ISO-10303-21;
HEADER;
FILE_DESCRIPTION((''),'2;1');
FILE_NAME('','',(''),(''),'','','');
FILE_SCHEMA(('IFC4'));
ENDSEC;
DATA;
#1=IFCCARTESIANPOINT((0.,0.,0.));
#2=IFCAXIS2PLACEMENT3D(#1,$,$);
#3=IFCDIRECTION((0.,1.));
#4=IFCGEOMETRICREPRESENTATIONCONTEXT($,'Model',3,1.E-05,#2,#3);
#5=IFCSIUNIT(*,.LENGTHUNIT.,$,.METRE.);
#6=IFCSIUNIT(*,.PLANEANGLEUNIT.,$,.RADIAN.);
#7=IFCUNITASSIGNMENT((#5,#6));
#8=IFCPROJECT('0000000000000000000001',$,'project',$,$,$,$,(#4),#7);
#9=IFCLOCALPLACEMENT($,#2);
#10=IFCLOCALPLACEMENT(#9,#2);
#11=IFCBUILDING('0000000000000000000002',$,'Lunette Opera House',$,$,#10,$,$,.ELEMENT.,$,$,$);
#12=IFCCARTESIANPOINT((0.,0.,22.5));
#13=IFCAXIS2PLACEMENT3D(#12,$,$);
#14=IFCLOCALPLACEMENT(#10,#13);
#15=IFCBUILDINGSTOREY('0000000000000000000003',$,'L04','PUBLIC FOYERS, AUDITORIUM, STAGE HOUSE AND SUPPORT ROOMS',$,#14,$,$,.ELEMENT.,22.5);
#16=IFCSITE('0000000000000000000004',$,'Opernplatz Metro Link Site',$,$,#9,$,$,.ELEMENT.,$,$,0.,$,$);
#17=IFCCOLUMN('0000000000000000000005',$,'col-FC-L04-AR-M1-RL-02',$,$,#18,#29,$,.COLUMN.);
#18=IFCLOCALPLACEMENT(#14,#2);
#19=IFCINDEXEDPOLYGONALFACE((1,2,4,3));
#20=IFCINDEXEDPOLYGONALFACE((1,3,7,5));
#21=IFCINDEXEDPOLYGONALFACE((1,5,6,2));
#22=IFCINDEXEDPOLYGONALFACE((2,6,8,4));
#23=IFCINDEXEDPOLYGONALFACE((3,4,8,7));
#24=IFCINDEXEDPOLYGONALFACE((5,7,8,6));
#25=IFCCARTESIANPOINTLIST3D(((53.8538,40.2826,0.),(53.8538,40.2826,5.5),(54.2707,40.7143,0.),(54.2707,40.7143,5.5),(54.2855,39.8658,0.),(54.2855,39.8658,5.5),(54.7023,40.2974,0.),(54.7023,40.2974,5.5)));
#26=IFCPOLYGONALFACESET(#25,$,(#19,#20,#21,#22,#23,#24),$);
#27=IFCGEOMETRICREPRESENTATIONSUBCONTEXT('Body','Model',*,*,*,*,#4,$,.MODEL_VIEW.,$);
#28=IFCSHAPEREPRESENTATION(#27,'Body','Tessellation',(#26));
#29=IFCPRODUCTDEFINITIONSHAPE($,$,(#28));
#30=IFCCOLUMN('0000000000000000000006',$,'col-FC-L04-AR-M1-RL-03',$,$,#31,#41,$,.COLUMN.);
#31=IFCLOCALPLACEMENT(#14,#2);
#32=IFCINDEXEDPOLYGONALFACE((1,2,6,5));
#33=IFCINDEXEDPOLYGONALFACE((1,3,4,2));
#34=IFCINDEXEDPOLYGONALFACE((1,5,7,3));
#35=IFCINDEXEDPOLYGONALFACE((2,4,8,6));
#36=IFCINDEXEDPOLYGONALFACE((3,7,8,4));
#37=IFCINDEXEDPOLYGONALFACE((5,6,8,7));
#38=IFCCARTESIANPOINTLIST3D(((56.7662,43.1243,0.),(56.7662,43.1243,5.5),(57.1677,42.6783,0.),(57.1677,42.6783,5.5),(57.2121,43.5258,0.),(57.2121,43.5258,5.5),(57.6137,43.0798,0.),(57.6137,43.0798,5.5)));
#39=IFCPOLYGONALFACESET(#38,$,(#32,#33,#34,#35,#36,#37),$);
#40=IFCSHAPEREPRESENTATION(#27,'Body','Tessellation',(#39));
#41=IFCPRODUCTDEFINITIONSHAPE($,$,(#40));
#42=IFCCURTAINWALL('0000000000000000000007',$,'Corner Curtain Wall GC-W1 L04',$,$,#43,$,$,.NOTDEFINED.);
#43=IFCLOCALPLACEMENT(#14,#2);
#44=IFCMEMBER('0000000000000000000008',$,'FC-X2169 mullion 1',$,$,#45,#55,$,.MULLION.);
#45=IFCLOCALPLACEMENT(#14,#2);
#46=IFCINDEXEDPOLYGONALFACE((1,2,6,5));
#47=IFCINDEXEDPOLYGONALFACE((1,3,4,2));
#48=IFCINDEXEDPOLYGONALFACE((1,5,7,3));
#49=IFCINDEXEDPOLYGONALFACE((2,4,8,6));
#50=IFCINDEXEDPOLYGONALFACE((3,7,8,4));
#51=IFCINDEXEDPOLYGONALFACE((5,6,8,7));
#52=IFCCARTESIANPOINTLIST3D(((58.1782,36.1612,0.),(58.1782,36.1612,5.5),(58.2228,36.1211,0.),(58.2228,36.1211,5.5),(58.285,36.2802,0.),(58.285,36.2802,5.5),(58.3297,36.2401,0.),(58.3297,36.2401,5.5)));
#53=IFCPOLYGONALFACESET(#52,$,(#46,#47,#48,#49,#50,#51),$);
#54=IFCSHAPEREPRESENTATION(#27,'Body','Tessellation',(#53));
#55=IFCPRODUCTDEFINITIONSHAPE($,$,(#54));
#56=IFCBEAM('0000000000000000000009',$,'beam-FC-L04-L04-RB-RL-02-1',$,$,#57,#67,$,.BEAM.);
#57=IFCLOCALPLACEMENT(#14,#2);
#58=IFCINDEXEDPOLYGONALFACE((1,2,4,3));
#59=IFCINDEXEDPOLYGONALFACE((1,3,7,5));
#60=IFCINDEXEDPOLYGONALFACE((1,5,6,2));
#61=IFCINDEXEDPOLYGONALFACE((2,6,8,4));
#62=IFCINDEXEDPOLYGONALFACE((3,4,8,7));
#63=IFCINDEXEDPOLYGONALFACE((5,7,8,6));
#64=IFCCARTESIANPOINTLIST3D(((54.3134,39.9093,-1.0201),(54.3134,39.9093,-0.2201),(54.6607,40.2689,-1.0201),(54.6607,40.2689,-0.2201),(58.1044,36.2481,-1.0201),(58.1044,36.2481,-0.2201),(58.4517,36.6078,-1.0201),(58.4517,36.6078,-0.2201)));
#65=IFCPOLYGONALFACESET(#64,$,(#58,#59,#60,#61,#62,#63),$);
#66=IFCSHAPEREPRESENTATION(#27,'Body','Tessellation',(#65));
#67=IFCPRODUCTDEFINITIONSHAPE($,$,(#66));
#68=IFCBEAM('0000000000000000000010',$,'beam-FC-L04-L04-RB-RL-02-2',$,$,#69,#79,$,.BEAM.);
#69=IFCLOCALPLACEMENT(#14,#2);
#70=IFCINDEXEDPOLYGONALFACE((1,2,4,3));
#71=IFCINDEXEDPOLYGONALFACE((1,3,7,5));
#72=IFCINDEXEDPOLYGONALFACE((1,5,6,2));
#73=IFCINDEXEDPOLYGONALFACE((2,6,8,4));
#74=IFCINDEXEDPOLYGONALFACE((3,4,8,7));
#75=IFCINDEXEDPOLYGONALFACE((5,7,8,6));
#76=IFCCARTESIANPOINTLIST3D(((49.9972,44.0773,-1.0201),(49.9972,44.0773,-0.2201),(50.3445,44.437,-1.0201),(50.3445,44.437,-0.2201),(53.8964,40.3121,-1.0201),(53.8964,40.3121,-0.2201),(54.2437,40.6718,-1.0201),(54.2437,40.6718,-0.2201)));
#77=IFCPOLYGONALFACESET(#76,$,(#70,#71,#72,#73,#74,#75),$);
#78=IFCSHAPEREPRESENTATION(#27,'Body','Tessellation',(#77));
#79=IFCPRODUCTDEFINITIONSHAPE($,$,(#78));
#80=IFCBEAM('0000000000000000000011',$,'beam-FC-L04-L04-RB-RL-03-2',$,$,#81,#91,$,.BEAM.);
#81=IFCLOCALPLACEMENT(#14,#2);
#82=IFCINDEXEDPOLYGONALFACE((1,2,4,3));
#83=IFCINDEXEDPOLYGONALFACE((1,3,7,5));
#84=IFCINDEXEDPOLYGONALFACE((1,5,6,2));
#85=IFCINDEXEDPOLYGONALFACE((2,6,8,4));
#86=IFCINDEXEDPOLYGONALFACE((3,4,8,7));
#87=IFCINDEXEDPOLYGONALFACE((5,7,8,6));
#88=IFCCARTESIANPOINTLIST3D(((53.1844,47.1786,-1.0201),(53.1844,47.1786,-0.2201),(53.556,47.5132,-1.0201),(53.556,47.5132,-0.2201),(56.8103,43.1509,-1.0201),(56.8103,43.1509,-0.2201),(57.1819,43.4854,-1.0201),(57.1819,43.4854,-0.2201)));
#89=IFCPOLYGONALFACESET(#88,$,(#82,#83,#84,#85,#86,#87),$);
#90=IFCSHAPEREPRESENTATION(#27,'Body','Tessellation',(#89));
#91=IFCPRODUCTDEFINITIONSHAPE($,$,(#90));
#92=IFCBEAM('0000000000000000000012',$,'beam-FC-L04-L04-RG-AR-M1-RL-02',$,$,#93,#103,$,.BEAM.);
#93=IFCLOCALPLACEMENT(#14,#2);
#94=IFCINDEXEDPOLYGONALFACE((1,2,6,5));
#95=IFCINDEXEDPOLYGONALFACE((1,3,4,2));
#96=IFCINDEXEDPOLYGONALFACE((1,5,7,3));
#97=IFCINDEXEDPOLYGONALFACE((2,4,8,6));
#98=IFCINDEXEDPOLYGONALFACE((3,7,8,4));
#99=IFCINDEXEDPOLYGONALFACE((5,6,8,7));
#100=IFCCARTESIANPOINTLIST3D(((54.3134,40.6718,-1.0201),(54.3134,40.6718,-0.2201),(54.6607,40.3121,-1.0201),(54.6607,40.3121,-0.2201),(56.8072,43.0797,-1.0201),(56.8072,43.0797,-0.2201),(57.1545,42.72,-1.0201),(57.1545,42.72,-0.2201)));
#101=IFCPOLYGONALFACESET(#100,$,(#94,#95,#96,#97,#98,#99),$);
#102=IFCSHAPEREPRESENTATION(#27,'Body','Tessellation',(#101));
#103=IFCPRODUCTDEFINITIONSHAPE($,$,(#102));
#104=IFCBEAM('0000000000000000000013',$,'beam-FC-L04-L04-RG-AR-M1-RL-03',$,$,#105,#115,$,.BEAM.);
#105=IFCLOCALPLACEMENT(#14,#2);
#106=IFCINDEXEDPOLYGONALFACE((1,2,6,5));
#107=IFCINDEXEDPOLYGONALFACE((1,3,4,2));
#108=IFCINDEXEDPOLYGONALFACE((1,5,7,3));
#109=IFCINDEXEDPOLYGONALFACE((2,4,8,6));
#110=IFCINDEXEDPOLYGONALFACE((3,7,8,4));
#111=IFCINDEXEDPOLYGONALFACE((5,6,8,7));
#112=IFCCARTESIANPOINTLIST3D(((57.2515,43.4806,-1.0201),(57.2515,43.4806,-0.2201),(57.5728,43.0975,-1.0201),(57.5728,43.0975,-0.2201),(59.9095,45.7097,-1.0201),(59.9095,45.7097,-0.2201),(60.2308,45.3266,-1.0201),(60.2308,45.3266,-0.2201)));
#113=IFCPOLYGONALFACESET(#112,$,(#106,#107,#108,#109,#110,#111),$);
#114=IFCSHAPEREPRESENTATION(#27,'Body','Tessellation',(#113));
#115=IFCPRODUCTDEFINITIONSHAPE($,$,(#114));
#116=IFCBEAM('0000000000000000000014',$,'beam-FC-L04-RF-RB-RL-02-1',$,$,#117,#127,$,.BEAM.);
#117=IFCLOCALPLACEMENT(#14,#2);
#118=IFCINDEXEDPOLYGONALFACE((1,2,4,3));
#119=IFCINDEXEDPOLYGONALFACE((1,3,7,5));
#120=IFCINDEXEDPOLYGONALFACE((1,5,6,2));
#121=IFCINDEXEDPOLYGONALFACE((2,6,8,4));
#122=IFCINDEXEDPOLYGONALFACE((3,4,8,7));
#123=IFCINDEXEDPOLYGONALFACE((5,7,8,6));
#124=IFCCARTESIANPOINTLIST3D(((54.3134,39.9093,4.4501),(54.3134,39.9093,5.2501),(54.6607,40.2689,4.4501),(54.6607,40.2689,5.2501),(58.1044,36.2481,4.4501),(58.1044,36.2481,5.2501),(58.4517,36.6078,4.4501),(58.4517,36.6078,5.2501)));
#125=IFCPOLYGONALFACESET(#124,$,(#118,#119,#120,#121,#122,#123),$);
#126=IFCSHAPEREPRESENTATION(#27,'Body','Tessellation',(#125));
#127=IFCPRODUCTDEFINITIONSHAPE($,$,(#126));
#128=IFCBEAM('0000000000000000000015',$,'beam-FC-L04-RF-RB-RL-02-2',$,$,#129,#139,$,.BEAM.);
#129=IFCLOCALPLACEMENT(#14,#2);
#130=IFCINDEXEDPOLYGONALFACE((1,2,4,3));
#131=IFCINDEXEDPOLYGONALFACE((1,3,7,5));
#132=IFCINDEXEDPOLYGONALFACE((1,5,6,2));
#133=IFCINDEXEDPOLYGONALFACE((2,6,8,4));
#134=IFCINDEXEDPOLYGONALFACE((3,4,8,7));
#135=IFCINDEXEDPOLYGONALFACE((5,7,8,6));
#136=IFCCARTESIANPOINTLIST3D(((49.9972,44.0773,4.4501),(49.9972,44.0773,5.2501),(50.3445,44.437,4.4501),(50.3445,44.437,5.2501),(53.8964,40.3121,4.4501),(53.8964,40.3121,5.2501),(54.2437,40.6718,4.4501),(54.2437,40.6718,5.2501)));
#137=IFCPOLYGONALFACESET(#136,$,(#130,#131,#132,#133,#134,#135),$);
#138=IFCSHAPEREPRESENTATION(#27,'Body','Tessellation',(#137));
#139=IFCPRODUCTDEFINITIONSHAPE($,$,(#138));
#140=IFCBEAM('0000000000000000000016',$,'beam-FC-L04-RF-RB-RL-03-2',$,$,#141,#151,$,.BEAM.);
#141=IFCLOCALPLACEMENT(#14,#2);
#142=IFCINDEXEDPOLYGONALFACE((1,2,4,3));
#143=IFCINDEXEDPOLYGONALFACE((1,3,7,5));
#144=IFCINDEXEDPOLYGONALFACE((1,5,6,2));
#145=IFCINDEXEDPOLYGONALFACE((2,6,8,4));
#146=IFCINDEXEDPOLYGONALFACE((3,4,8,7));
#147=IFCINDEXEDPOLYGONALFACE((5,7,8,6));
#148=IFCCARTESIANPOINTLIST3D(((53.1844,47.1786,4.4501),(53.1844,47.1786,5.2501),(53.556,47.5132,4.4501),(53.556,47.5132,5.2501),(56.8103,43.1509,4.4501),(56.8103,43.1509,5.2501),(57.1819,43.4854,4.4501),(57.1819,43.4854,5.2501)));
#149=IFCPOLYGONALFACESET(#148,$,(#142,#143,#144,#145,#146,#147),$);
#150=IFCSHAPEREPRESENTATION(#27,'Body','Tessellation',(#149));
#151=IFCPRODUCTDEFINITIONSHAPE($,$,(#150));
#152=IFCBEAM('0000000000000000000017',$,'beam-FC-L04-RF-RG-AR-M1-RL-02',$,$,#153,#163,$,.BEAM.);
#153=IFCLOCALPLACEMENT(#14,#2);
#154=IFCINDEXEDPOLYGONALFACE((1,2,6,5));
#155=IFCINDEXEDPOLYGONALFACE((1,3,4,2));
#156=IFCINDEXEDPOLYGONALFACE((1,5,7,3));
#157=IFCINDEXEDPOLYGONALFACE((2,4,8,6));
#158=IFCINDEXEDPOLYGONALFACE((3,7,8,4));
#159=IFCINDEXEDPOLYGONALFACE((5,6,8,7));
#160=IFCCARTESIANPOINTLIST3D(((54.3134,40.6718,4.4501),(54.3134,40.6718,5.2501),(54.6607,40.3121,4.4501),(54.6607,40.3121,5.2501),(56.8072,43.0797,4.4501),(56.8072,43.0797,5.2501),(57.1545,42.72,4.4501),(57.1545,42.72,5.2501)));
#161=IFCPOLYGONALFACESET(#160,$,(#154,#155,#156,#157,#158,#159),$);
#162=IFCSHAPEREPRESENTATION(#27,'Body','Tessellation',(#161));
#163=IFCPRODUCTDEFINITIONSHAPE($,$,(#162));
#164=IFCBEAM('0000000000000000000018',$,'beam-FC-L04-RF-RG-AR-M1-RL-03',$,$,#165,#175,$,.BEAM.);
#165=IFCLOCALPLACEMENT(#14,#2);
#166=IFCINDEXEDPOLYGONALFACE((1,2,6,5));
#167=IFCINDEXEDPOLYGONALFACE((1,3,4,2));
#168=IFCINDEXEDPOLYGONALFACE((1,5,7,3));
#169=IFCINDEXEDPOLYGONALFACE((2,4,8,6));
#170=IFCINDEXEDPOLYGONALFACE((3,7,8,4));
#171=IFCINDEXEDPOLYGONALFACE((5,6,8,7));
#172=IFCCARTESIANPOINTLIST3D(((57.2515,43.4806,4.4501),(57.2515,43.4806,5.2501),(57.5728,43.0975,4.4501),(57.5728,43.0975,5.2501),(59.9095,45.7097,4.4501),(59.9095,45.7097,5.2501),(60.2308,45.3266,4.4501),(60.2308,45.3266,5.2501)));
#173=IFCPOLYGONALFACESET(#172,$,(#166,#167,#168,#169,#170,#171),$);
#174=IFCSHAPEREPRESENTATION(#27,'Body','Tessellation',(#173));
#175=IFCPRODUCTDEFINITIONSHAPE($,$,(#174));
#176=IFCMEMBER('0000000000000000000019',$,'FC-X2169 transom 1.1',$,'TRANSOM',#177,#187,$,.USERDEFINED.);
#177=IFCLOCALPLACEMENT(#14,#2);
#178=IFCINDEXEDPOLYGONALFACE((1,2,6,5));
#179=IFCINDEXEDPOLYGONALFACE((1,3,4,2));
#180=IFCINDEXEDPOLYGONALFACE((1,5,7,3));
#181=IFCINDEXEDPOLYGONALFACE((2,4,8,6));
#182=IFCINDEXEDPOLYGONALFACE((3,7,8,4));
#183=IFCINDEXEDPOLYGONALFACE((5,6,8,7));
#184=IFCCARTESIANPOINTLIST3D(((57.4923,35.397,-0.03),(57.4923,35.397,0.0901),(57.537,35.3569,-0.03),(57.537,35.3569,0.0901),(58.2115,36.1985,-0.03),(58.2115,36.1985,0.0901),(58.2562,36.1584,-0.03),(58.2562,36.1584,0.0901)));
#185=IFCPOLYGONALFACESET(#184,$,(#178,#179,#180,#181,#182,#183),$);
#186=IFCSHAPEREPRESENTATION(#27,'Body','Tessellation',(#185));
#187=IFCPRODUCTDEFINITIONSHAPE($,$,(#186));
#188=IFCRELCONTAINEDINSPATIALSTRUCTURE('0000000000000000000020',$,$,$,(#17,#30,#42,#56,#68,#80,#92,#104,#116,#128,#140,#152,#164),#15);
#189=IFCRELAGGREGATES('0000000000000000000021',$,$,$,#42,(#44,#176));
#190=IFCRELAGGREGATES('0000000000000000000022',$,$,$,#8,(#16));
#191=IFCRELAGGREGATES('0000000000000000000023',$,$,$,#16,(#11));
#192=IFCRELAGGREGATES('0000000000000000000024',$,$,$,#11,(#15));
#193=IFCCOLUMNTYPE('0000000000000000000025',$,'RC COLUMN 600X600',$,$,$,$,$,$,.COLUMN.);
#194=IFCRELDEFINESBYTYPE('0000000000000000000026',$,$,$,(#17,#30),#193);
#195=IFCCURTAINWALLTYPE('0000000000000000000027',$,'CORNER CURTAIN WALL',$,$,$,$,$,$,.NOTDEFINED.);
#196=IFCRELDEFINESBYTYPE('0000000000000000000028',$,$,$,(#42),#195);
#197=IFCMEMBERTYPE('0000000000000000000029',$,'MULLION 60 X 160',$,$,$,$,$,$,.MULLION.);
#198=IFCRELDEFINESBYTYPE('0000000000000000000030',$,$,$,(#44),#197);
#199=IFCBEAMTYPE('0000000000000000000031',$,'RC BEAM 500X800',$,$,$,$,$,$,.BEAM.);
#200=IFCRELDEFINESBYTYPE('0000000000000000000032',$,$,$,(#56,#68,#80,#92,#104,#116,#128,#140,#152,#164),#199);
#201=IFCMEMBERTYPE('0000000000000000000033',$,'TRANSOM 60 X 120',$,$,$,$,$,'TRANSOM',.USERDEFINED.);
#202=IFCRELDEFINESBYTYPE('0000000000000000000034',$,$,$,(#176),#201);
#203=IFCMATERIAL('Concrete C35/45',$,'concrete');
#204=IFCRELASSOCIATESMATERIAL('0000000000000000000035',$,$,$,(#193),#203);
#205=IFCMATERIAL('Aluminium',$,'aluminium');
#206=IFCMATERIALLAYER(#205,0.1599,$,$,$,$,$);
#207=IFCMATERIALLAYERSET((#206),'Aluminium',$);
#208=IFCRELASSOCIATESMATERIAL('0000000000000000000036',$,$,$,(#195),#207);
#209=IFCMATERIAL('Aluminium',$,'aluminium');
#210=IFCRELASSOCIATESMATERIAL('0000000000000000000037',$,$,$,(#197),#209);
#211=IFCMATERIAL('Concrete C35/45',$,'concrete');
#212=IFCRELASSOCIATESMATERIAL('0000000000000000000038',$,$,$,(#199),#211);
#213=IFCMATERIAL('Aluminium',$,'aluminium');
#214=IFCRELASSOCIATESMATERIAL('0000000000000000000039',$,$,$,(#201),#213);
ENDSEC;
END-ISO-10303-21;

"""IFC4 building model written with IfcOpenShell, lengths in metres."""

from ifc_helpers import new_model, si_unit, direction, frame, origin, origin_2d, place, context, subcontext, project, spatial, rectangle, extrude, material, layer, layer_set, material_profile, profile_set, type_object, element, aggregate, save


model = new_model("IFC4")

# Units and contexts
model_context = context("Model", 3, precision=1e-05, world=origin(), true_north=direction((0.0, 1.0)))
body_context = subcontext(model_context, "Body", "Model", "MODEL_VIEW")
ifc_project = project(units=[si_unit("LENGTHUNIT", "METRE"), si_unit("PLANEANGLEUNIT", "RADIAN")], contexts=[model_context])

# Site, building, storey
site_placement = place(None, origin())
site = spatial("IfcSite", under=ifc_project, at=site_placement, Name="Opernplatz Metro Link Site", CompositionType="ELEMENT", RefElevation=0.0)
building_placement = place(site_placement, origin())
building = spatial("IfcBuilding", under=site, at=building_placement, Name="Lunette Opera House", CompositionType="ELEMENT")
storey_placement = place(building_placement, frame((0.0, 0.0, 22.5)))
storey = spatial("IfcBuildingStorey", under=building, at=storey_placement, Name="L04", Description="PUBLIC FOYERS, AUDITORIUM, STAGE HOUSE AND SUPPORT ROOMS", CompositionType="ELEMENT", Elevation=22.5)

# Columns
ifc_material_1 = material(Name="Concrete C35/45", Category="concrete")
ifc_material_profile_1 = material_profile(ifc_material_1, rectangle(XDim=0.6001, YDim=0.6001, at=origin_2d()), Name="RC COLUMN 600X600")
ifc_profile_set_1 = profile_set([ifc_material_profile_1], Name="Concrete C35/45")
column_type = type_object("IfcColumnType", Name="RC COLUMN 600X600", PredefinedType="COLUMN", material=ifc_profile_set_1)
for number, where, z_axis, x_axis, name in (
    (1, (54.2781, 40.29, 0.0), (0.0, 0.0, 1.0), (0.694658, 0.71934, 0.0), "col-FC-L04-AR-M1-RL-02"),
    (2, (57.1899, 43.1021, 0.0), (0.0, 0.0, 1.0), (0.743145, 0.669131, 0.0), "col-FC-L04-AR-M1-RL-03"),
):
    element("IfcColumn", number, at=place(storey_placement, frame(where, z_axis=z_axis, x_axis=x_axis)), inside=storey, type_object=column_type, Name=name, PredefinedType="COLUMN", context=body_context, shape_type="SweptSolid", body=[
        extrude(rectangle(XDim=0.6001, YDim=0.6001, at=origin_2d()), origin(), (0.0, 0.0, 1.0), 5.5),
    ])

# Curtain wall, member
ifc_material_2 = material(Name="Aluminium", Category="aluminium")
ifc_layer_1 = layer(ifc_material_2, 0.1599)
ifc_layer_set_1 = layer_set([ifc_layer_1], Name="Aluminium")
curtain_wall_type = type_object("IfcCurtainWallType", Name="CORNER CURTAIN WALL", PredefinedType="NOTDEFINED", material=ifc_layer_set_1)
curtain_wall_1_placement = place(storey_placement, origin())
curtain_wall_1 = element("IfcCurtainWall", 3, at=curtain_wall_1_placement, inside=storey, type_object=curtain_wall_type, Name="Corner Curtain Wall GC-W1 L04", PredefinedType="NOTDEFINED")
ifc_material_3 = material(Name="Aluminium", Category="aluminium")
ifc_material_profile_2 = material_profile(ifc_material_3, rectangle(XDim=0.0601, YDim=0.1599, at=origin_2d()), Name="MULLION 60 X 160")
ifc_profile_set_2 = profile_set([ifc_material_profile_2], Name="Aluminium")
member_type_1 = type_object("IfcMemberType", Name="MULLION 60 X 160", PredefinedType="MULLION", material=ifc_profile_set_2)
member_1_placement = place(storey_placement, frame((58.2539, 36.2007, 0.0), z_axis=(0.0, 0.0, 1.0), x_axis=(0.744217, -0.667938, 0.0)))
member_1 = element("IfcMember", 4, at=member_1_placement, type_object=member_type_1, Name="FC-X2169 mullion 1", PredefinedType="MULLION", context=body_context, shape_type="SweptSolid", body=[
    extrude(rectangle(XDim=0.0601, YDim=0.1599, at=origin_2d()), origin(), (0.0, 0.0, 1.0), 5.5),
])

# Beams
ifc_material_4 = material(Name="Concrete C35/45", Category="concrete")
ifc_material_profile_3 = material_profile(ifc_material_4, rectangle(XDim=0.5, YDim=0.8, at=origin_2d()), Name="RC BEAM 500X800")
ifc_profile_set_3 = profile_set([ifc_material_profile_3], Name="Concrete C35/45")
beam_type = type_object("IfcBeamType", Name="RC BEAM 500X800", PredefinedType="BEAM", material=ifc_profile_set_3)
beam_1_placement = place(storey_placement, frame((58.2781, 36.428, -0.6201), z_axis=(-0.719322, 0.694677, 0.0), x_axis=(-0.694677, -0.719322, 0.0)))
element("IfcBeam", 5, at=beam_1_placement, inside=storey, type_object=beam_type, Name="beam-FC-L04-L04-RB-RL-02-1", PredefinedType="BEAM", context=body_context, shape_type="SweptSolid", body=[
    extrude(rectangle(XDim=0.5, YDim=0.8, at=origin_2d()), origin(), (0.0, 0.0, 1.0), 5.2703),
])
beam_2_placement = place(storey_placement, frame((54.0701, 40.4919, -0.6201), z_axis=(-0.719363, 0.694635, 0.0), x_axis=(-0.694635, -0.719363, 0.0)))
element("IfcBeam", 6, at=beam_2_placement, inside=storey, type_object=beam_type, Name="beam-FC-L04-L04-RB-RL-02-2", PredefinedType="BEAM", context=body_context, shape_type="SweptSolid", body=[
    extrude(rectangle(XDim=0.5, YDim=0.8, at=origin_2d()), origin(), (0.0, 0.0, 1.0), 5.4204),
])
beam_3_placement = place(storey_placement, frame((56.9961, 43.3181, -0.6201), z_axis=(-0.669059, 0.743209, 0.0), x_axis=(-0.743209, -0.669059, 0.0)))
element("IfcBeam", 7, at=beam_3_placement, inside=storey, type_object=beam_type, Name="beam-FC-L04-L04-RB-RL-03-2", PredefinedType="BEAM", context=body_context, shape_type="SweptSolid", body=[
    extrude(rectangle(XDim=0.5, YDim=0.8, at=origin_2d()), origin(), (0.0, 0.0, 1.0), 5.4194),
])
beam_4_placement = place(storey_placement, frame((54.4871, 40.4919, -0.6201), z_axis=(0.719393, 0.694603, 0.0), x_axis=(-0.694603, 0.719393, 0.0)))
element("IfcBeam", 8, at=beam_4_placement, inside=storey, type_object=beam_type, Name="beam-FC-L04-L04-RG-AR-M1-RL-02", PredefinedType="BEAM", context=body_context, shape_type="SweptSolid", body=[
    extrude(rectangle(XDim=0.5, YDim=0.8, at=origin_2d()), origin(), (0.0, 0.0, 1.0), 3.4666),
])
beam_5_placement = place(storey_placement, frame((57.4121, 43.2891, -0.6201), z_axis=(0.766227, 0.64257, 0.0), x_axis=(-0.64257, 0.766227, 0.0)))
element("IfcBeam", 9, at=beam_5_placement, inside=storey, type_object=beam_type, Name="beam-FC-L04-L04-RG-AR-M1-RL-03", PredefinedType="BEAM", context=body_context, shape_type="SweptSolid", body=[
    extrude(rectangle(XDim=0.5, YDim=0.8, at=origin_2d()), origin(), (0.0, 0.0, 1.0), 3.469),
])
beam_6_placement = place(storey_placement, frame((58.2781, 36.428, 4.8501), z_axis=(-0.719322, 0.694677, 0.0), x_axis=(-0.694677, -0.719322, 0.0)))
element("IfcBeam", 10, at=beam_6_placement, inside=storey, type_object=beam_type, Name="beam-FC-L04-RF-RB-RL-02-1", PredefinedType="BEAM", context=body_context, shape_type="SweptSolid", body=[
    extrude(rectangle(XDim=0.5, YDim=0.8, at=origin_2d()), origin(), (0.0, 0.0, 1.0), 5.2703),
])
beam_7_placement = place(storey_placement, frame((54.0701, 40.4919, 4.8501), z_axis=(-0.719363, 0.694635, 0.0), x_axis=(-0.694635, -0.719363, 0.0)))
element("IfcBeam", 11, at=beam_7_placement, inside=storey, type_object=beam_type, Name="beam-FC-L04-RF-RB-RL-02-2", PredefinedType="BEAM", context=body_context, shape_type="SweptSolid", body=[
    extrude(rectangle(XDim=0.5, YDim=0.8, at=origin_2d()), origin(), (0.0, 0.0, 1.0), 5.4204),
])
beam_8_placement = place(storey_placement, frame((56.9961, 43.3181, 4.8501), z_axis=(-0.669059, 0.743209, 0.0), x_axis=(-0.743209, -0.669059, 0.0)))
element("IfcBeam", 12, at=beam_8_placement, inside=storey, type_object=beam_type, Name="beam-FC-L04-RF-RB-RL-03-2", PredefinedType="BEAM", context=body_context, shape_type="SweptSolid", body=[
    extrude(rectangle(XDim=0.5, YDim=0.8, at=origin_2d()), origin(), (0.0, 0.0, 1.0), 5.4194),
])
beam_9_placement = place(storey_placement, frame((54.4871, 40.4919, 4.8501), z_axis=(0.719393, 0.694603, 0.0), x_axis=(-0.694603, 0.719393, 0.0)))
element("IfcBeam", 13, at=beam_9_placement, inside=storey, type_object=beam_type, Name="beam-FC-L04-RF-RG-AR-M1-RL-02", PredefinedType="BEAM", context=body_context, shape_type="SweptSolid", body=[
    extrude(rectangle(XDim=0.5, YDim=0.8, at=origin_2d()), origin(), (0.0, 0.0, 1.0), 3.4666),
])
beam_10_placement = place(storey_placement, frame((57.4121, 43.2891, 4.8501), z_axis=(0.766227, 0.64257, 0.0), x_axis=(-0.64257, 0.766227, 0.0)))
element("IfcBeam", 14, at=beam_10_placement, inside=storey, type_object=beam_type, Name="beam-FC-L04-RF-RG-AR-M1-RL-03", PredefinedType="BEAM", context=body_context, shape_type="SweptSolid", body=[
    extrude(rectangle(XDim=0.5, YDim=0.8, at=origin_2d()), origin(), (0.0, 0.0, 1.0), 3.469),
])

# Member
ifc_material_5 = material(Name="Aluminium", Category="aluminium")
ifc_material_profile_4 = material_profile(ifc_material_5, rectangle(XDim=0.0601, YDim=0.1201, at=origin_2d()), Name="TRANSOM 60 X 120")
ifc_profile_set_4 = profile_set([ifc_material_profile_4], Name="Aluminium")
member_type_2 = type_object("IfcMemberType", Name="TRANSOM 60 X 120", ElementType="TRANSOM", PredefinedType="USERDEFINED", material=ifc_profile_set_4)
member_2_placement = place(storey_placement, frame((58.2339, 36.1785, 0.03), z_axis=(-0.667874, -0.744274, 0.0), x_axis=(0.744274, -0.667874, 0.0)))
member_2 = element("IfcMember", 15, at=member_2_placement, type_object=member_type_2, Name="FC-X2169 transom 1.1", ObjectType="TRANSOM", PredefinedType="USERDEFINED", context=body_context, shape_type="SweptSolid", body=[
    extrude(rectangle(XDim=0.0601, YDim=0.1201, at=origin_2d()), origin(), (0.0, 0.0, 1.0), 1.0769),
])

aggregate(curtain_wall_1, [member_1, member_2])

save(model, "model.ifc")
